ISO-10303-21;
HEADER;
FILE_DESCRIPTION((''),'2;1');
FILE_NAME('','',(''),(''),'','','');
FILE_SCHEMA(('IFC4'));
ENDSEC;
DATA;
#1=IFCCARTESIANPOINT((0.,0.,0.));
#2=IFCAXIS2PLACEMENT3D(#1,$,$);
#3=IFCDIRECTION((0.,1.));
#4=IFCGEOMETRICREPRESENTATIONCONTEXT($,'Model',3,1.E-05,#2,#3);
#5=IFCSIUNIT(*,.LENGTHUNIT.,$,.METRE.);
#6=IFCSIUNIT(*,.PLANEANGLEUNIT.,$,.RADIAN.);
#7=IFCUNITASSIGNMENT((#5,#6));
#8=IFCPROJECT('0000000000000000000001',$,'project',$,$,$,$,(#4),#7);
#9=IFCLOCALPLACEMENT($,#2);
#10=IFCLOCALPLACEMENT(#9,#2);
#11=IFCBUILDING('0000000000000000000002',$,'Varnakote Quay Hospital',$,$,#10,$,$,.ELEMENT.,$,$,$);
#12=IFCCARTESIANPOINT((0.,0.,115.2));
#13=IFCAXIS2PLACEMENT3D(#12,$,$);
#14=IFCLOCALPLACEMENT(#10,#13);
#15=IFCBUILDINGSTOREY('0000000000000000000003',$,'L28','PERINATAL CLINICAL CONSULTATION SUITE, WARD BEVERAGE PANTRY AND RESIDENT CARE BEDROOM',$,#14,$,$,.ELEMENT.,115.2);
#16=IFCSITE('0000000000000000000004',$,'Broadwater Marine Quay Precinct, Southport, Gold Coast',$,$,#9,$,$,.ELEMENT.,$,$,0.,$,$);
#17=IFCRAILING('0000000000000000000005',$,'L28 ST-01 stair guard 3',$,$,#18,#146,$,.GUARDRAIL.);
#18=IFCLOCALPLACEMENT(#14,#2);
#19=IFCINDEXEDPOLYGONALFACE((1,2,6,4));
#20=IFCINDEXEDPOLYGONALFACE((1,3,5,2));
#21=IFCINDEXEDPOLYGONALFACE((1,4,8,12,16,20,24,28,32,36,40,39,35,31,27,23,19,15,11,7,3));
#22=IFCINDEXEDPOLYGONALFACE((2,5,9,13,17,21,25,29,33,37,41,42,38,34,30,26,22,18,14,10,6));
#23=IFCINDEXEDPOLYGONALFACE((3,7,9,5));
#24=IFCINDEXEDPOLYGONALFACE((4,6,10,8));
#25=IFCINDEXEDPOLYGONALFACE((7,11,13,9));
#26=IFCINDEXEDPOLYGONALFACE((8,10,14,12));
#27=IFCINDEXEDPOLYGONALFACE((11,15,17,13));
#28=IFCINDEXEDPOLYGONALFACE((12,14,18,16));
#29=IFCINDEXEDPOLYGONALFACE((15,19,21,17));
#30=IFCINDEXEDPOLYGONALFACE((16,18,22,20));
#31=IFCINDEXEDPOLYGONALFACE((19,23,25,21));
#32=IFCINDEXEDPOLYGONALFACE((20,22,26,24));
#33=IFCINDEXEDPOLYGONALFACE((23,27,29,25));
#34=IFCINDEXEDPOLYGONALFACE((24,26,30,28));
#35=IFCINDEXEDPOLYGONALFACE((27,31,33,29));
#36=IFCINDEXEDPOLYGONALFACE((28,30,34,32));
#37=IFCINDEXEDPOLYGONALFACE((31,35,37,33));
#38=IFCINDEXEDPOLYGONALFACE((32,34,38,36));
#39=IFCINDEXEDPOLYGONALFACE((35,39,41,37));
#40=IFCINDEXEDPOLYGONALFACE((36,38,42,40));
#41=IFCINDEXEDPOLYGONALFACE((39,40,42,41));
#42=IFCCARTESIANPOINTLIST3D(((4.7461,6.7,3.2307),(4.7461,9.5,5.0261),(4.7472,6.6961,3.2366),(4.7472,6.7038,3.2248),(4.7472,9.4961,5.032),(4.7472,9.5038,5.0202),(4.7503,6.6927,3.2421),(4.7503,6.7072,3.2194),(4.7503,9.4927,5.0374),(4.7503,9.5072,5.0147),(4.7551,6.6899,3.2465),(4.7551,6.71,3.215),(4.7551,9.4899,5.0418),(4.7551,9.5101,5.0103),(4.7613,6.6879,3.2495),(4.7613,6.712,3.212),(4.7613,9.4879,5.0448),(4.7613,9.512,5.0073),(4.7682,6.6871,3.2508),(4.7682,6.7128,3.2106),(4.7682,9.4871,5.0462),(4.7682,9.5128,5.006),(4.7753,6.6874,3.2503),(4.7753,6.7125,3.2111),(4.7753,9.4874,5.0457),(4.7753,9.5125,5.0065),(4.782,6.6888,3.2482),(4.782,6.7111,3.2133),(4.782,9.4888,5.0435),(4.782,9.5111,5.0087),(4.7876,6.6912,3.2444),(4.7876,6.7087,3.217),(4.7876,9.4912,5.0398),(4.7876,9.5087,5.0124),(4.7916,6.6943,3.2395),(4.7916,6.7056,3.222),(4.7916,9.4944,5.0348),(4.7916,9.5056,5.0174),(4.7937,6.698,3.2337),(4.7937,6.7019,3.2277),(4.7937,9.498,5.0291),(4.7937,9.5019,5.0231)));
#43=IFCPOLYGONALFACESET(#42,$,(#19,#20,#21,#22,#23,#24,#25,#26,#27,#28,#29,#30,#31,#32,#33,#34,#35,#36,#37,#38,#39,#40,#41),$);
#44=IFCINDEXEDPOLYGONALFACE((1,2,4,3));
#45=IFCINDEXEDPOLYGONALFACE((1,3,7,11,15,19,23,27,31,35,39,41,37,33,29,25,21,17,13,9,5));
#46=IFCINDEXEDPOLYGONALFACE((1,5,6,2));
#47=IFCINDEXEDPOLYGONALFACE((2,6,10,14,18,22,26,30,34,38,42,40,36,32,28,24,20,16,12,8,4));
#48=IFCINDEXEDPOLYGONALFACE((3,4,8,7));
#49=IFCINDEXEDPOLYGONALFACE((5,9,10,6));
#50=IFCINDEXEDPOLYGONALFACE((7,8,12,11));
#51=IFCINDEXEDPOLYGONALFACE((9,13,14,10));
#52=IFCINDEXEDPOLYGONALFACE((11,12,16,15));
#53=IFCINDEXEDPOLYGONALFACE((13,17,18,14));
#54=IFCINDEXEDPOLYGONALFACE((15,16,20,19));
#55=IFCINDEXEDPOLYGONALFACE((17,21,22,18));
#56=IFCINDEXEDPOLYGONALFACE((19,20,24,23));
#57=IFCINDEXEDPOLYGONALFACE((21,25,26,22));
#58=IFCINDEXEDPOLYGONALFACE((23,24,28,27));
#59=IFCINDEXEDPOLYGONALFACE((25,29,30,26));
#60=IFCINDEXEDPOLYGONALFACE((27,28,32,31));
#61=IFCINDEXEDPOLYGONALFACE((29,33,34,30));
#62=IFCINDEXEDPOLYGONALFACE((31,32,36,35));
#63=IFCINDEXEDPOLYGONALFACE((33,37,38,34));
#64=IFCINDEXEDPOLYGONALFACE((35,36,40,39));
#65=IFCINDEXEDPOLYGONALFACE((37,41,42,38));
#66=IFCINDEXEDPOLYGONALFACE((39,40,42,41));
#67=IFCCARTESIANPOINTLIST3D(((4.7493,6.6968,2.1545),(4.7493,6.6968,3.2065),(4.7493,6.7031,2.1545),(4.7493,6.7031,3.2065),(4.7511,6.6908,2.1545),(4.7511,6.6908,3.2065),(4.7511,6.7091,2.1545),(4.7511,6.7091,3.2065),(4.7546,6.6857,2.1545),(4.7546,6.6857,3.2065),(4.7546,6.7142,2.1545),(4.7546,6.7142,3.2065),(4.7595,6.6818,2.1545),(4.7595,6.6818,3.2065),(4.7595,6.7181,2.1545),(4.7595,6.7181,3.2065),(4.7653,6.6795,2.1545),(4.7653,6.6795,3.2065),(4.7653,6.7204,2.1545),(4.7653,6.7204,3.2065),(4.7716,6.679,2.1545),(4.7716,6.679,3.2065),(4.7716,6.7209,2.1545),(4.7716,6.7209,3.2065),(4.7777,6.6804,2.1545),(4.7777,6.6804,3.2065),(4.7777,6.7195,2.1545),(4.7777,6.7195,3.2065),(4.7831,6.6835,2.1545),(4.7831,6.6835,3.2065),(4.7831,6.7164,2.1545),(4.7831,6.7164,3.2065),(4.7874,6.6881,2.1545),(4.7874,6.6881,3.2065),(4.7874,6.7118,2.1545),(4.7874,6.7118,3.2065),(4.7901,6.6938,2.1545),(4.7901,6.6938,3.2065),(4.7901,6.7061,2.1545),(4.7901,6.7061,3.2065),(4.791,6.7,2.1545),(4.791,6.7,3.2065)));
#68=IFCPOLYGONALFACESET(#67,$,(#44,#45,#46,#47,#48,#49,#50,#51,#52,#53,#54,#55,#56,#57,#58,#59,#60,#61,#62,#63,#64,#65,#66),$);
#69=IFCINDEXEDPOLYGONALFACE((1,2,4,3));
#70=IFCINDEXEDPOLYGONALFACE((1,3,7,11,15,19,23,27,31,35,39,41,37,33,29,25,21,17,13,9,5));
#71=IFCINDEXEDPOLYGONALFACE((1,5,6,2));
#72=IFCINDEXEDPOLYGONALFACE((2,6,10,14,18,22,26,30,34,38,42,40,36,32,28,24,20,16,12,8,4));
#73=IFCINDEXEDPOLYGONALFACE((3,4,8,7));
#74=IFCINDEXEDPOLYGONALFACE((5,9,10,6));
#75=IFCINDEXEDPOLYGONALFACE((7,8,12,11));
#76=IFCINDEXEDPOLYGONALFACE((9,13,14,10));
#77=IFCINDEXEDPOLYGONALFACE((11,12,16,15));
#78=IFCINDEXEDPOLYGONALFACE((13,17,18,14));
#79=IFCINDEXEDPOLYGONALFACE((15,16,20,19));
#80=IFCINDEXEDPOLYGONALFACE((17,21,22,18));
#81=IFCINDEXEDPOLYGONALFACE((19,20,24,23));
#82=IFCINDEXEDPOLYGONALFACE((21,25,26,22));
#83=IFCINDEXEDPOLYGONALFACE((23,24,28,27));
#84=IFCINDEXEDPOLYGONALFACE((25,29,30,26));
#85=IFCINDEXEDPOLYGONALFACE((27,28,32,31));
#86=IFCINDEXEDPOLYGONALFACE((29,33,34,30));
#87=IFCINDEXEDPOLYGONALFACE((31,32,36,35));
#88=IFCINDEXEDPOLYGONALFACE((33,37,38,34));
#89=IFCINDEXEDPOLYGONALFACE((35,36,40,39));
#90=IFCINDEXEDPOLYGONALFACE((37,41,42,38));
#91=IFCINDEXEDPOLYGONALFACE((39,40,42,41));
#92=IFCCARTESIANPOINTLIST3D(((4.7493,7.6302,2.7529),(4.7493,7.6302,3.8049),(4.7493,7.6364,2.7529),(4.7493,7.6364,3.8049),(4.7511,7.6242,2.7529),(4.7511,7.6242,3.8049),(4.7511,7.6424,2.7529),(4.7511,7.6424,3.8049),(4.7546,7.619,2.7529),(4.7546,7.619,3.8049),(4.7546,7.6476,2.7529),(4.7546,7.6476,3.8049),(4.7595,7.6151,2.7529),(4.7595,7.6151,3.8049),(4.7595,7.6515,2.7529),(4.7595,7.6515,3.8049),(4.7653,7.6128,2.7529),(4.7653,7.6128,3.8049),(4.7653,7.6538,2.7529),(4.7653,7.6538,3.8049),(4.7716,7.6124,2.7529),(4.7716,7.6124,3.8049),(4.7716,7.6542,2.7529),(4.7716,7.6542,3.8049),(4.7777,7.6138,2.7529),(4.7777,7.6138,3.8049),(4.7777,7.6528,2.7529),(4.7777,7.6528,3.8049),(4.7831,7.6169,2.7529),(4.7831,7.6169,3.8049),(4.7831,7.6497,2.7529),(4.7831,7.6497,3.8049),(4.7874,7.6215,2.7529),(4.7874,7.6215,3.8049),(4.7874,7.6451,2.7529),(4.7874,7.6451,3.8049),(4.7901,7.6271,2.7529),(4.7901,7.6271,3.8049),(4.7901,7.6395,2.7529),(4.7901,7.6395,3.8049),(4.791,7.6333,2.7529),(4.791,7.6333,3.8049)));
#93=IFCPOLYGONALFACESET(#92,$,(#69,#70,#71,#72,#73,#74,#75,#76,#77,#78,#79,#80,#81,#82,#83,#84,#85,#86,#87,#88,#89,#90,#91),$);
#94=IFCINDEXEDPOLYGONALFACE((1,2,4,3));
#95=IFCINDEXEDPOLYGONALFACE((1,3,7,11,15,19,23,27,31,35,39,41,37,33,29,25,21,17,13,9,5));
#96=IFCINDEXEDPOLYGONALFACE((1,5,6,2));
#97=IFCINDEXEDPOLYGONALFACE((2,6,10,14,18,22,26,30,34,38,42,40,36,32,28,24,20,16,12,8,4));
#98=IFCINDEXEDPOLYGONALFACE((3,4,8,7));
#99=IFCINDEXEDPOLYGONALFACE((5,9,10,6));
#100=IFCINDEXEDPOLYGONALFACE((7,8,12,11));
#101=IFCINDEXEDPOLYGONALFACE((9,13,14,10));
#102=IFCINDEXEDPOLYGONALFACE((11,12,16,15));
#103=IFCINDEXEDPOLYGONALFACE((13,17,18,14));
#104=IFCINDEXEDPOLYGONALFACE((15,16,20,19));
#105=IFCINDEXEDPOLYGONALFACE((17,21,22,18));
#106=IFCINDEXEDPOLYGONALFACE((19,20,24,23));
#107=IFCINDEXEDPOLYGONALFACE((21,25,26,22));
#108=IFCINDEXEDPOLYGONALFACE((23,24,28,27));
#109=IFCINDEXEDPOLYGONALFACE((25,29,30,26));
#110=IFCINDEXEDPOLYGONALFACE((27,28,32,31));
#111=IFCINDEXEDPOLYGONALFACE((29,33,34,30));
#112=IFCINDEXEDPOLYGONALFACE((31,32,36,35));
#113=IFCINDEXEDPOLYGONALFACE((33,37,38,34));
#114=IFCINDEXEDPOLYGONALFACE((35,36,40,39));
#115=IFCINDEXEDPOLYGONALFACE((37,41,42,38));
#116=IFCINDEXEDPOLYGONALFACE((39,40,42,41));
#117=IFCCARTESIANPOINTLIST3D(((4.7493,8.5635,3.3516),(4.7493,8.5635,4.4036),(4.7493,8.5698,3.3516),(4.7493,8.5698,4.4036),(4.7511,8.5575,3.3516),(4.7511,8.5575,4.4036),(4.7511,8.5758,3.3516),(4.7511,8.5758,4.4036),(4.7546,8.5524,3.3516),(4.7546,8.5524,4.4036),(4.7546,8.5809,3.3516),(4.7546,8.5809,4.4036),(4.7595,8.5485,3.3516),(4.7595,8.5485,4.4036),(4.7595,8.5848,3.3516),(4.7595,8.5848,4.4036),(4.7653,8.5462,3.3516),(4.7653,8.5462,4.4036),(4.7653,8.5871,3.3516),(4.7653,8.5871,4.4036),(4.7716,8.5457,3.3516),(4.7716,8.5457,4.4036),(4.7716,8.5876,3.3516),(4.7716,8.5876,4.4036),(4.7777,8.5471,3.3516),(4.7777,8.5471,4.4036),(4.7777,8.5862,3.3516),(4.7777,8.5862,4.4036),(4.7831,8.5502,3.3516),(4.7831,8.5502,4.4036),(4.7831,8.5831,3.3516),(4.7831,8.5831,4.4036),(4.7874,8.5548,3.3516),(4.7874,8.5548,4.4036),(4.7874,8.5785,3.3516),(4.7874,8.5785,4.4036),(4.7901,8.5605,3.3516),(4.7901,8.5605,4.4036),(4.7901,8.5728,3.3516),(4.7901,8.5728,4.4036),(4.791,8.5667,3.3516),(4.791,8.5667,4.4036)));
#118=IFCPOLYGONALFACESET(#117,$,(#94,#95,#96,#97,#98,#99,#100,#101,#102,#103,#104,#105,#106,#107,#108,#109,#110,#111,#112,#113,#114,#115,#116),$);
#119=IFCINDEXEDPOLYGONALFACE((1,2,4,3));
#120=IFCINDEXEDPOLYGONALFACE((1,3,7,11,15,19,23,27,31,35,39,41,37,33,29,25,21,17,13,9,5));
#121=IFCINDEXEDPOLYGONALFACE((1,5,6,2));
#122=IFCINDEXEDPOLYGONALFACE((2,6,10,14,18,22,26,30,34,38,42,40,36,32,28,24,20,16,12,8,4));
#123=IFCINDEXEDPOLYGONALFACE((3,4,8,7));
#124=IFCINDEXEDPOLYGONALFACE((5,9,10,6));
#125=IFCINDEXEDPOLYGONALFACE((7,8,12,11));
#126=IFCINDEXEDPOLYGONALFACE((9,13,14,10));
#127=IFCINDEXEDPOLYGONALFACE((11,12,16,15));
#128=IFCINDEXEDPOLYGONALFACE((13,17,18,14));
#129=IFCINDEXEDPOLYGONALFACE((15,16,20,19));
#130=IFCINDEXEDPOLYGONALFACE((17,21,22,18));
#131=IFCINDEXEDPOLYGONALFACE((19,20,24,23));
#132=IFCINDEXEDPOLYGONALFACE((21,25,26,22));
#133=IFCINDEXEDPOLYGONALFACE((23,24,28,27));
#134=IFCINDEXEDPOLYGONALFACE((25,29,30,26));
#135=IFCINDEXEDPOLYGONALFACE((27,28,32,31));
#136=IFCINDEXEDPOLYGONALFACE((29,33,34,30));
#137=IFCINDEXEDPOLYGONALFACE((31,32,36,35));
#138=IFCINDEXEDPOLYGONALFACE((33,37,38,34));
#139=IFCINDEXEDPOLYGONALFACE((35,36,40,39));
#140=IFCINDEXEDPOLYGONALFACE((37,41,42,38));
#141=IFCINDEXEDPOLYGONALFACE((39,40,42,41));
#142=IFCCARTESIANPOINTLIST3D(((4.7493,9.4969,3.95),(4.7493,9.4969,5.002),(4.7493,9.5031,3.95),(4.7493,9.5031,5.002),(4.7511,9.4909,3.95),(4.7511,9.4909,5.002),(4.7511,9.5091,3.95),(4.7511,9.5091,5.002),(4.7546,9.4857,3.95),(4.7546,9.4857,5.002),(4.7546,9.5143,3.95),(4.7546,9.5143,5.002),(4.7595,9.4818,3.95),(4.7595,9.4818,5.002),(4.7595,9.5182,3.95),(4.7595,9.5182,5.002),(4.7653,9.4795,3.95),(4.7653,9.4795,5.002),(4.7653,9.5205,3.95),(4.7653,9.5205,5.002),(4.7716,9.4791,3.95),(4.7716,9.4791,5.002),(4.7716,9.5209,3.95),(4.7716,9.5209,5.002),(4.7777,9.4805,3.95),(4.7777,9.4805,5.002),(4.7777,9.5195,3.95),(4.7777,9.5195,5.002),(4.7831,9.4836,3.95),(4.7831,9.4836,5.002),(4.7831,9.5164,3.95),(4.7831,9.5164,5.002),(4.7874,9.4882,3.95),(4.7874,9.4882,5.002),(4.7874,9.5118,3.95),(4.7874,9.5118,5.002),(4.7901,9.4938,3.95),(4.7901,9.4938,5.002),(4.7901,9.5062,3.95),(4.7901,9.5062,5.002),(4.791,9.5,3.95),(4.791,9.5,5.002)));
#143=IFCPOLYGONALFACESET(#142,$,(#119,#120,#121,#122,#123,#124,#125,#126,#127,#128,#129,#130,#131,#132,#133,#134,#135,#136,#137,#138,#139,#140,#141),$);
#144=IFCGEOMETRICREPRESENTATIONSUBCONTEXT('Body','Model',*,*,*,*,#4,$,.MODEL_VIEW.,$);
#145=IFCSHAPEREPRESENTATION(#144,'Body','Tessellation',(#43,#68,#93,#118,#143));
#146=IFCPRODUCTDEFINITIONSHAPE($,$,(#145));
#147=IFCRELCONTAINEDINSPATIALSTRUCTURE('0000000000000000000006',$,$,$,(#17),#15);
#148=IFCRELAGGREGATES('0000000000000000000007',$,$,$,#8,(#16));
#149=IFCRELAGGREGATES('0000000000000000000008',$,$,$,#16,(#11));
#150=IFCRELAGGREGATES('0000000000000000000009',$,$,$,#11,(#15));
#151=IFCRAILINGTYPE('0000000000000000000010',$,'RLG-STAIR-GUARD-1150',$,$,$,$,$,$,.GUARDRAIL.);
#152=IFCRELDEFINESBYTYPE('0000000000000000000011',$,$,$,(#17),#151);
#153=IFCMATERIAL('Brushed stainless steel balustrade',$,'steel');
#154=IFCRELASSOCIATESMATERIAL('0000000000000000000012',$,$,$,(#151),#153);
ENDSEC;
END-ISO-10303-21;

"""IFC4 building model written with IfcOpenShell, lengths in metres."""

from ifc_helpers import new_model, si_unit, direction, frame, origin, origin_2d, place, context, subcontext, project, spatial, circle, extrude, material, type_object, element, save


model = new_model("IFC4")

# Units and contexts
model_context = context("Model", 3, precision=1e-05, world=origin(), true_north=direction((0.0, 1.0)))
body_context = subcontext(model_context, "Body", "Model", "MODEL_VIEW")
ifc_project = project(units=[si_unit("LENGTHUNIT", "METRE"), si_unit("PLANEANGLEUNIT", "RADIAN")], contexts=[model_context])

# Site, building, storey
site_placement = place(None, origin())
site = spatial("IfcSite", under=ifc_project, at=site_placement, Name="Broadwater Marine Quay Precinct, Southport, Gold Coast", CompositionType="ELEMENT", RefElevation=0.0)
building_placement = place(site_placement, origin())
building = spatial("IfcBuilding", under=site, at=building_placement, Name="Varnakote Quay Hospital", CompositionType="ELEMENT")
storey_placement = place(building_placement, frame((0.0, 0.0, 115.2)))
storey = spatial("IfcBuildingStorey", under=building, at=storey_placement, Name="L28", Description="PERINATAL CLINICAL CONSULTATION SUITE, WARD BEVERAGE PANTRY AND RESIDENT CARE BEDROOM", CompositionType="ELEMENT", Elevation=115.2)

# Railing
ifc_material_1 = material(Name="Brushed stainless steel balustrade", Category="steel")
railing_type_1 = type_object("IfcRailingType", Name="RLG-STAIR-GUARD-1150", PredefinedType="GUARDRAIL", material=ifc_material_1)
railing_1_placement = place(storey_placement, frame((4.77, 6.7, 2.1545)))
element("IfcRailing", 1, at=railing_1_placement, inside=storey, type_object=railing_type_1, Name="L28 ST-01 stair guard 3", PredefinedType="GUARDRAIL", context=body_context, shape_type="SweptSolid", body=[
    extrude(circle(Radius=0.0239, at=origin_2d()), frame((0.0, 0.0, 1.0762), z_axis=(0.0, 0.84181, 0.539774), x_axis=(-1.0, 0.0, 0.0)), (0.0, 0.0, 1.0), 3.3262),
    extrude(circle(Radius=0.021, at=origin_2d()), origin(), (0.0, 0.0, 1.0), 1.052),
    extrude(circle(Radius=0.021, at=origin_2d()), frame((0.0, 0.9333, 0.5984)), (0.0, 0.0, 1.0), 1.052),
    extrude(circle(Radius=0.021, at=origin_2d()), frame((0.0, 1.8667, 1.197)), (0.0, 0.0, 1.0), 1.052),
    extrude(circle(Radius=0.021, at=origin_2d()), frame((0.0, 2.8, 1.7954)), (0.0, 0.0, 1.0), 1.052),
])

save(model, "model.ifc")
